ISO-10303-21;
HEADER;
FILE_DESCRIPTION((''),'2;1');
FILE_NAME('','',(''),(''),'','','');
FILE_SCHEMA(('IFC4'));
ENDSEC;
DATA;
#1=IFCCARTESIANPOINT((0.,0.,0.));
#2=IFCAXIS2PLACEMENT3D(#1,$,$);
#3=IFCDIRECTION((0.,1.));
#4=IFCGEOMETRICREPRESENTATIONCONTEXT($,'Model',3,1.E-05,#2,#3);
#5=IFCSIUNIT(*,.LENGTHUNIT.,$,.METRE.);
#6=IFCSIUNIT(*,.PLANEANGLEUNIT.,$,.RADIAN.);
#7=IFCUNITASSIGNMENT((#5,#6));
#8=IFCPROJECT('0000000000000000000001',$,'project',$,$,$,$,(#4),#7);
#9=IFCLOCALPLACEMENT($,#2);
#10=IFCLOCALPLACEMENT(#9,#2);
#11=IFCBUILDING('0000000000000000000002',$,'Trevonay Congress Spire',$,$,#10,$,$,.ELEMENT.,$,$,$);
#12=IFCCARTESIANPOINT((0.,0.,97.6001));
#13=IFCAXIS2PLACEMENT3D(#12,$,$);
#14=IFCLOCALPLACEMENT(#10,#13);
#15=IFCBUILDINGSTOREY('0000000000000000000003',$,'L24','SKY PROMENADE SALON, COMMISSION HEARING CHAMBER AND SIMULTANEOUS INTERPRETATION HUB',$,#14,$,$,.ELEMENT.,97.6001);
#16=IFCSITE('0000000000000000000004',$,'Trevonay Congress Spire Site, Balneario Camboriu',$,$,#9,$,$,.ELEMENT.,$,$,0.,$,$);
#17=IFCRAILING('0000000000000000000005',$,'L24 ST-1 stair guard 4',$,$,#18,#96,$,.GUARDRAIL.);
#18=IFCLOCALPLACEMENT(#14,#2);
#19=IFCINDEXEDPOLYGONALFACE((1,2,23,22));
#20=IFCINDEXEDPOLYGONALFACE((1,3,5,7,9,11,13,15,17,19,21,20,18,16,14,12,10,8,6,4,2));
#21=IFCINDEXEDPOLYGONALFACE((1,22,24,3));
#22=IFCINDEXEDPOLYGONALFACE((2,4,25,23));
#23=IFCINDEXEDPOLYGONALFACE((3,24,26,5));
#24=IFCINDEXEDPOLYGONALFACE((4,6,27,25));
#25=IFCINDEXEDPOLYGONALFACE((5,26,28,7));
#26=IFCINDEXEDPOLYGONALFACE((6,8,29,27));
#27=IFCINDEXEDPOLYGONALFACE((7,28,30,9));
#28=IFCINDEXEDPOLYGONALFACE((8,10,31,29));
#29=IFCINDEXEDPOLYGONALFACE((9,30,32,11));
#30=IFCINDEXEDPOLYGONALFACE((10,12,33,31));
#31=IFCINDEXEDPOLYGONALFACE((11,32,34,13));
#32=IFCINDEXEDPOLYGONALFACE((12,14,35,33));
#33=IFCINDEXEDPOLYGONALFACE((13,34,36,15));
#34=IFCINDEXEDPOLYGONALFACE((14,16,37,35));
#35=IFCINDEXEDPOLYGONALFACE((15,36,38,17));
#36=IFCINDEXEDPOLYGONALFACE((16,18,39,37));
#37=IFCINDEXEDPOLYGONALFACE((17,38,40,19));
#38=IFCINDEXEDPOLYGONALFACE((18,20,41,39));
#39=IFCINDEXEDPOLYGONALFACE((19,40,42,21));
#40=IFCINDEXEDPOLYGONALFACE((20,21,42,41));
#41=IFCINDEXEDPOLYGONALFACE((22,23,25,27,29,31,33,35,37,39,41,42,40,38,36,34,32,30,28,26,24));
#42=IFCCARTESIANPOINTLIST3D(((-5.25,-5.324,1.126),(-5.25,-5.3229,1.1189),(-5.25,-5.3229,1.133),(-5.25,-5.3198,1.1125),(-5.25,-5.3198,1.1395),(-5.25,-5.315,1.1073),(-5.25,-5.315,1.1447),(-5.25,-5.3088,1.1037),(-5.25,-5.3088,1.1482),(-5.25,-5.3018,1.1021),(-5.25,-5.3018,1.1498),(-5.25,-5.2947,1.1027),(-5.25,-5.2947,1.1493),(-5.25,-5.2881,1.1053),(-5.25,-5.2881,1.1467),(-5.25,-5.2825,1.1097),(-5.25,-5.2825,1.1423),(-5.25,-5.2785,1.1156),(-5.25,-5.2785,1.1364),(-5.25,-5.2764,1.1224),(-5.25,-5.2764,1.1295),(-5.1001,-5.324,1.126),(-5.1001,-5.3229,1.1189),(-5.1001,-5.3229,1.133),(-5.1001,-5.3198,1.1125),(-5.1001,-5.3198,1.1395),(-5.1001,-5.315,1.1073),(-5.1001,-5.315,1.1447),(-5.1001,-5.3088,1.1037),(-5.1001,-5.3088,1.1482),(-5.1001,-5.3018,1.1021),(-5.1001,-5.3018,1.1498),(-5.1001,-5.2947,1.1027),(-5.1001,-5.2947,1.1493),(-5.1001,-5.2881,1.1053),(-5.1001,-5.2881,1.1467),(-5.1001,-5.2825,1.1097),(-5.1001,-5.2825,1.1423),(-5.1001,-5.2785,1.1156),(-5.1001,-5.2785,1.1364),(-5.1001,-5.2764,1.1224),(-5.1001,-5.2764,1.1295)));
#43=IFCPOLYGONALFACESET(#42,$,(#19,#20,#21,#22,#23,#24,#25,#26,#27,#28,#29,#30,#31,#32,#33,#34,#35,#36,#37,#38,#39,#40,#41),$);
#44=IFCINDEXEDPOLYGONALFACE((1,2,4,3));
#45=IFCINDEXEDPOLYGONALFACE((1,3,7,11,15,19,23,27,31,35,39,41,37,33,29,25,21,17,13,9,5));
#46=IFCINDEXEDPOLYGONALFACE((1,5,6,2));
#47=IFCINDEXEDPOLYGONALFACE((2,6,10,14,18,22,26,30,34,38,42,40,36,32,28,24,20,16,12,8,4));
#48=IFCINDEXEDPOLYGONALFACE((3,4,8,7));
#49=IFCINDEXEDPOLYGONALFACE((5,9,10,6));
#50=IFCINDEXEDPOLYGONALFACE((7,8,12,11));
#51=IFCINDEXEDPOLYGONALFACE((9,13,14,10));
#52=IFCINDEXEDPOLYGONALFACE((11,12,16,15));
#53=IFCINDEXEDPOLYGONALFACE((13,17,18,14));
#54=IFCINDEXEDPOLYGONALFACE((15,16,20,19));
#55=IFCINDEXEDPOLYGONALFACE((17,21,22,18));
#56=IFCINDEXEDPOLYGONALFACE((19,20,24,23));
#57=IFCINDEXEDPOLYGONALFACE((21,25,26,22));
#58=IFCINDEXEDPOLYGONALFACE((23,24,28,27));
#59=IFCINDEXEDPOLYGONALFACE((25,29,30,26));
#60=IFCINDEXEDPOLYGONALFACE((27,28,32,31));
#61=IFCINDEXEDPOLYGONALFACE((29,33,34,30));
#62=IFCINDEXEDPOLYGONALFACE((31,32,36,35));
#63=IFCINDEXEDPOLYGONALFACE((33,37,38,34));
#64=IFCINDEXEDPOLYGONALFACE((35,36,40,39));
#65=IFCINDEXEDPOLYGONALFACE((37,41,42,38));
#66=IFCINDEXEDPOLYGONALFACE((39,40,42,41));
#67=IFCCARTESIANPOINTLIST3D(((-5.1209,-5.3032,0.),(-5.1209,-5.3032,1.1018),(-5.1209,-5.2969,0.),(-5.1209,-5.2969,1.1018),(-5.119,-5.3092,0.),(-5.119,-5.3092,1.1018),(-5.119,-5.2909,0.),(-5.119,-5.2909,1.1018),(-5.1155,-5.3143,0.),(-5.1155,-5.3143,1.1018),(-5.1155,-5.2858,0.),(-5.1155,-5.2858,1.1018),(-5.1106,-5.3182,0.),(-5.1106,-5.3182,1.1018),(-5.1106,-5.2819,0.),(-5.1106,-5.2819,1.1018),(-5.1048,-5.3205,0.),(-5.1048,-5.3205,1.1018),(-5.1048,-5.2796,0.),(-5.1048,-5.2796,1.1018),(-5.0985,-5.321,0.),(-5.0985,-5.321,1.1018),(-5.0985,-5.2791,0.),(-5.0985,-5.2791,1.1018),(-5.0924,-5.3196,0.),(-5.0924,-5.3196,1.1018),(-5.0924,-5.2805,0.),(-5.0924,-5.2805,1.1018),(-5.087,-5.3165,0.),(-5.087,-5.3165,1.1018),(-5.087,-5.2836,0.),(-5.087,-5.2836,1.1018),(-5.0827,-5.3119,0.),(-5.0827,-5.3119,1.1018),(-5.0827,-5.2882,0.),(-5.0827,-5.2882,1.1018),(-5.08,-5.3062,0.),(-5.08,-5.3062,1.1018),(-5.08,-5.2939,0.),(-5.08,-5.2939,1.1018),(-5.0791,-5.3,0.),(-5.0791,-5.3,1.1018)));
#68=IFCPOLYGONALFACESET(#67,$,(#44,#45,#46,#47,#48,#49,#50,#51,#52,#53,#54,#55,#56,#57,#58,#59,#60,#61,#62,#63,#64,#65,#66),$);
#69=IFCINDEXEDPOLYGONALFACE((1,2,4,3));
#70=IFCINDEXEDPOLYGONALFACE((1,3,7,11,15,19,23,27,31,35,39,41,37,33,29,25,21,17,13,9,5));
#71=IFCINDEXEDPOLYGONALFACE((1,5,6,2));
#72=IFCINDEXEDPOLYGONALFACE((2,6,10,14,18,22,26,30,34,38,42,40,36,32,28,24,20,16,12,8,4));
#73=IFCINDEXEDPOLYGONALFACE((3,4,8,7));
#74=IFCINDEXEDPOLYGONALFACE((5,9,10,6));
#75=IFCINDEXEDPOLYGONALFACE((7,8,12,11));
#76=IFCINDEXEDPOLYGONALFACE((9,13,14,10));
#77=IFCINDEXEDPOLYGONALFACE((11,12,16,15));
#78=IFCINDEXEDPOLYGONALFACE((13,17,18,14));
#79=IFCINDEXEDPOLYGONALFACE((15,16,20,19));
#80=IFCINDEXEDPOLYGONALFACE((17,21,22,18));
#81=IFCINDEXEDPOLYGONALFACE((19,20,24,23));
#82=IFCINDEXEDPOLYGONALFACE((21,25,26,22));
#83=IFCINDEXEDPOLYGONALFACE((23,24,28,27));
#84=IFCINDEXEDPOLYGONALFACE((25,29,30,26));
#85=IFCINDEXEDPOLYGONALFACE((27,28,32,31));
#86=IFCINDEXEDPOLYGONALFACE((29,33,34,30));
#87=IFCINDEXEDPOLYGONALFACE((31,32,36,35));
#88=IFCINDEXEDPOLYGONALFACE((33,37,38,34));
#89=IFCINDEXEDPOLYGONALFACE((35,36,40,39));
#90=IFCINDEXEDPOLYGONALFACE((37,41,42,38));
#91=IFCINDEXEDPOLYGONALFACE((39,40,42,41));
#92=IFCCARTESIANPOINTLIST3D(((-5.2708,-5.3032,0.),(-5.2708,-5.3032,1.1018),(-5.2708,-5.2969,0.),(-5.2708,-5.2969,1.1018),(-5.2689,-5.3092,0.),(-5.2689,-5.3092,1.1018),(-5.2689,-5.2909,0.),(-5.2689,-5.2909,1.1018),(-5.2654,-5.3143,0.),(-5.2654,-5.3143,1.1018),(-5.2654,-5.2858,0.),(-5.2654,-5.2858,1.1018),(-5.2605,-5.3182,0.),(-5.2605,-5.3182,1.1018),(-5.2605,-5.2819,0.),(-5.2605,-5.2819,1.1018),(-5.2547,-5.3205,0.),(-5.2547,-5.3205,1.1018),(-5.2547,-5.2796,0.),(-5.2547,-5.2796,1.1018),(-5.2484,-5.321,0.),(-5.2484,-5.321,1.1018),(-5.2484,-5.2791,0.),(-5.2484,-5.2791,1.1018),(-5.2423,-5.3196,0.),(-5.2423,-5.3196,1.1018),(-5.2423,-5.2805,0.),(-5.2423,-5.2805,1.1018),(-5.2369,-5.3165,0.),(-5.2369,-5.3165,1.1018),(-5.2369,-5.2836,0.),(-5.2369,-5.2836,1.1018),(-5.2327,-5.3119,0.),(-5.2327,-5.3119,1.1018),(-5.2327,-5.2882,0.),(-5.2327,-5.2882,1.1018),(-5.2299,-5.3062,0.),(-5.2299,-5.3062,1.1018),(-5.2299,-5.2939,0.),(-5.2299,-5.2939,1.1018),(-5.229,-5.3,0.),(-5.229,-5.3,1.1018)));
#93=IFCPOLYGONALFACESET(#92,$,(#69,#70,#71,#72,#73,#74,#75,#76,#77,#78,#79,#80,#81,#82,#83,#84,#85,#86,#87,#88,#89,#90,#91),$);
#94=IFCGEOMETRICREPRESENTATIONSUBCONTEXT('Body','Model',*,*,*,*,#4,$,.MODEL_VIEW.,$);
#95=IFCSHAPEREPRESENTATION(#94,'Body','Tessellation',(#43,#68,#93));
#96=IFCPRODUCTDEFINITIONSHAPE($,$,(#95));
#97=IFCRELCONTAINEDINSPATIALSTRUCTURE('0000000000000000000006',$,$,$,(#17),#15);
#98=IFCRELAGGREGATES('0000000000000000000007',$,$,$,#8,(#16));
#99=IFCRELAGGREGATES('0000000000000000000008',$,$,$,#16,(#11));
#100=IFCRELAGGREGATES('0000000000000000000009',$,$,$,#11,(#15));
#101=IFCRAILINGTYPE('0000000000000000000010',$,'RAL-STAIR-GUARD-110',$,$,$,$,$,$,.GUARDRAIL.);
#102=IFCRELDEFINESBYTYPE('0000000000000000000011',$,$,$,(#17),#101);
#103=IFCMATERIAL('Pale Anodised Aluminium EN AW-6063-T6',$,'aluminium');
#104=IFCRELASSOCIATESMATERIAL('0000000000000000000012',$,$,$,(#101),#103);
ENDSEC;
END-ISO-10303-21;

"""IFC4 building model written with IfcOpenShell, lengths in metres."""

from ifc_helpers import new_model, si_unit, direction, frame, origin, origin_2d, place, context, subcontext, project, spatial, circle, extrude, material, type_object, element, save


model = new_model("IFC4")

# Units and contexts
model_context = context("Model", 3, precision=1e-05, world=origin(), true_north=direction((0.0, 1.0)))
body_context = subcontext(model_context, "Body", "Model", "MODEL_VIEW")
ifc_project = project(units=[si_unit("LENGTHUNIT", "METRE"), si_unit("PLANEANGLEUNIT", "RADIAN")], contexts=[model_context])

# Site, building, storey
site_placement = place(None, origin())
site = spatial("IfcSite", under=ifc_project, at=site_placement, Name="Trevonay Congress Spire Site, Balneario Camboriu", CompositionType="ELEMENT", RefElevation=0.0)
building_placement = place(site_placement, origin())
building = spatial("IfcBuilding", under=site, at=building_placement, Name="Trevonay Congress Spire", CompositionType="ELEMENT")
storey_placement = place(building_placement, frame((0.0, 0.0, 97.6001)))
storey = spatial("IfcBuildingStorey", under=building, at=storey_placement, Name="L24", Description="SKY PROMENADE SALON, COMMISSION HEARING CHAMBER AND SIMULTANEOUS INTERPRETATION HUB", CompositionType="ELEMENT", Elevation=97.6001)

# Shared definitions
ifc_material_1 = material(Name="Pale Anodised Aluminium EN AW-6063-T6", Category="aluminium")

# Railing
railing_type_1 = type_object("IfcRailingType", Name="RAL-STAIR-GUARD-110", PredefinedType="GUARDRAIL", material=ifc_material_1)
railing_1_placement = place(storey_placement, frame((-5.1001, -5.3, 0.0)))
element("IfcRailing", 1, at=railing_1_placement, inside=storey, type_object=railing_type_1, Name="L24 ST-1 stair guard 4", PredefinedType="GUARDRAIL", context=body_context, shape_type="SweptSolid", body=[
    extrude(circle(Radius=0.0239, at=origin_2d()), frame((0.0, 0.0, 1.126), z_axis=(-1.0, 0.0, 0.0), x_axis=(0.0, -1.0, 0.0)), (0.0, 0.0, 1.0), 0.1499),
    extrude(circle(Radius=0.021, at=origin_2d()), origin(), (0.0, 0.0, 1.0), 1.1018),
    extrude(circle(Radius=0.021, at=origin_2d()), frame((-0.1499, 0.0, 0.0)), (0.0, 0.0, 1.0), 1.1018),
])

save(model, "model.ifc")
